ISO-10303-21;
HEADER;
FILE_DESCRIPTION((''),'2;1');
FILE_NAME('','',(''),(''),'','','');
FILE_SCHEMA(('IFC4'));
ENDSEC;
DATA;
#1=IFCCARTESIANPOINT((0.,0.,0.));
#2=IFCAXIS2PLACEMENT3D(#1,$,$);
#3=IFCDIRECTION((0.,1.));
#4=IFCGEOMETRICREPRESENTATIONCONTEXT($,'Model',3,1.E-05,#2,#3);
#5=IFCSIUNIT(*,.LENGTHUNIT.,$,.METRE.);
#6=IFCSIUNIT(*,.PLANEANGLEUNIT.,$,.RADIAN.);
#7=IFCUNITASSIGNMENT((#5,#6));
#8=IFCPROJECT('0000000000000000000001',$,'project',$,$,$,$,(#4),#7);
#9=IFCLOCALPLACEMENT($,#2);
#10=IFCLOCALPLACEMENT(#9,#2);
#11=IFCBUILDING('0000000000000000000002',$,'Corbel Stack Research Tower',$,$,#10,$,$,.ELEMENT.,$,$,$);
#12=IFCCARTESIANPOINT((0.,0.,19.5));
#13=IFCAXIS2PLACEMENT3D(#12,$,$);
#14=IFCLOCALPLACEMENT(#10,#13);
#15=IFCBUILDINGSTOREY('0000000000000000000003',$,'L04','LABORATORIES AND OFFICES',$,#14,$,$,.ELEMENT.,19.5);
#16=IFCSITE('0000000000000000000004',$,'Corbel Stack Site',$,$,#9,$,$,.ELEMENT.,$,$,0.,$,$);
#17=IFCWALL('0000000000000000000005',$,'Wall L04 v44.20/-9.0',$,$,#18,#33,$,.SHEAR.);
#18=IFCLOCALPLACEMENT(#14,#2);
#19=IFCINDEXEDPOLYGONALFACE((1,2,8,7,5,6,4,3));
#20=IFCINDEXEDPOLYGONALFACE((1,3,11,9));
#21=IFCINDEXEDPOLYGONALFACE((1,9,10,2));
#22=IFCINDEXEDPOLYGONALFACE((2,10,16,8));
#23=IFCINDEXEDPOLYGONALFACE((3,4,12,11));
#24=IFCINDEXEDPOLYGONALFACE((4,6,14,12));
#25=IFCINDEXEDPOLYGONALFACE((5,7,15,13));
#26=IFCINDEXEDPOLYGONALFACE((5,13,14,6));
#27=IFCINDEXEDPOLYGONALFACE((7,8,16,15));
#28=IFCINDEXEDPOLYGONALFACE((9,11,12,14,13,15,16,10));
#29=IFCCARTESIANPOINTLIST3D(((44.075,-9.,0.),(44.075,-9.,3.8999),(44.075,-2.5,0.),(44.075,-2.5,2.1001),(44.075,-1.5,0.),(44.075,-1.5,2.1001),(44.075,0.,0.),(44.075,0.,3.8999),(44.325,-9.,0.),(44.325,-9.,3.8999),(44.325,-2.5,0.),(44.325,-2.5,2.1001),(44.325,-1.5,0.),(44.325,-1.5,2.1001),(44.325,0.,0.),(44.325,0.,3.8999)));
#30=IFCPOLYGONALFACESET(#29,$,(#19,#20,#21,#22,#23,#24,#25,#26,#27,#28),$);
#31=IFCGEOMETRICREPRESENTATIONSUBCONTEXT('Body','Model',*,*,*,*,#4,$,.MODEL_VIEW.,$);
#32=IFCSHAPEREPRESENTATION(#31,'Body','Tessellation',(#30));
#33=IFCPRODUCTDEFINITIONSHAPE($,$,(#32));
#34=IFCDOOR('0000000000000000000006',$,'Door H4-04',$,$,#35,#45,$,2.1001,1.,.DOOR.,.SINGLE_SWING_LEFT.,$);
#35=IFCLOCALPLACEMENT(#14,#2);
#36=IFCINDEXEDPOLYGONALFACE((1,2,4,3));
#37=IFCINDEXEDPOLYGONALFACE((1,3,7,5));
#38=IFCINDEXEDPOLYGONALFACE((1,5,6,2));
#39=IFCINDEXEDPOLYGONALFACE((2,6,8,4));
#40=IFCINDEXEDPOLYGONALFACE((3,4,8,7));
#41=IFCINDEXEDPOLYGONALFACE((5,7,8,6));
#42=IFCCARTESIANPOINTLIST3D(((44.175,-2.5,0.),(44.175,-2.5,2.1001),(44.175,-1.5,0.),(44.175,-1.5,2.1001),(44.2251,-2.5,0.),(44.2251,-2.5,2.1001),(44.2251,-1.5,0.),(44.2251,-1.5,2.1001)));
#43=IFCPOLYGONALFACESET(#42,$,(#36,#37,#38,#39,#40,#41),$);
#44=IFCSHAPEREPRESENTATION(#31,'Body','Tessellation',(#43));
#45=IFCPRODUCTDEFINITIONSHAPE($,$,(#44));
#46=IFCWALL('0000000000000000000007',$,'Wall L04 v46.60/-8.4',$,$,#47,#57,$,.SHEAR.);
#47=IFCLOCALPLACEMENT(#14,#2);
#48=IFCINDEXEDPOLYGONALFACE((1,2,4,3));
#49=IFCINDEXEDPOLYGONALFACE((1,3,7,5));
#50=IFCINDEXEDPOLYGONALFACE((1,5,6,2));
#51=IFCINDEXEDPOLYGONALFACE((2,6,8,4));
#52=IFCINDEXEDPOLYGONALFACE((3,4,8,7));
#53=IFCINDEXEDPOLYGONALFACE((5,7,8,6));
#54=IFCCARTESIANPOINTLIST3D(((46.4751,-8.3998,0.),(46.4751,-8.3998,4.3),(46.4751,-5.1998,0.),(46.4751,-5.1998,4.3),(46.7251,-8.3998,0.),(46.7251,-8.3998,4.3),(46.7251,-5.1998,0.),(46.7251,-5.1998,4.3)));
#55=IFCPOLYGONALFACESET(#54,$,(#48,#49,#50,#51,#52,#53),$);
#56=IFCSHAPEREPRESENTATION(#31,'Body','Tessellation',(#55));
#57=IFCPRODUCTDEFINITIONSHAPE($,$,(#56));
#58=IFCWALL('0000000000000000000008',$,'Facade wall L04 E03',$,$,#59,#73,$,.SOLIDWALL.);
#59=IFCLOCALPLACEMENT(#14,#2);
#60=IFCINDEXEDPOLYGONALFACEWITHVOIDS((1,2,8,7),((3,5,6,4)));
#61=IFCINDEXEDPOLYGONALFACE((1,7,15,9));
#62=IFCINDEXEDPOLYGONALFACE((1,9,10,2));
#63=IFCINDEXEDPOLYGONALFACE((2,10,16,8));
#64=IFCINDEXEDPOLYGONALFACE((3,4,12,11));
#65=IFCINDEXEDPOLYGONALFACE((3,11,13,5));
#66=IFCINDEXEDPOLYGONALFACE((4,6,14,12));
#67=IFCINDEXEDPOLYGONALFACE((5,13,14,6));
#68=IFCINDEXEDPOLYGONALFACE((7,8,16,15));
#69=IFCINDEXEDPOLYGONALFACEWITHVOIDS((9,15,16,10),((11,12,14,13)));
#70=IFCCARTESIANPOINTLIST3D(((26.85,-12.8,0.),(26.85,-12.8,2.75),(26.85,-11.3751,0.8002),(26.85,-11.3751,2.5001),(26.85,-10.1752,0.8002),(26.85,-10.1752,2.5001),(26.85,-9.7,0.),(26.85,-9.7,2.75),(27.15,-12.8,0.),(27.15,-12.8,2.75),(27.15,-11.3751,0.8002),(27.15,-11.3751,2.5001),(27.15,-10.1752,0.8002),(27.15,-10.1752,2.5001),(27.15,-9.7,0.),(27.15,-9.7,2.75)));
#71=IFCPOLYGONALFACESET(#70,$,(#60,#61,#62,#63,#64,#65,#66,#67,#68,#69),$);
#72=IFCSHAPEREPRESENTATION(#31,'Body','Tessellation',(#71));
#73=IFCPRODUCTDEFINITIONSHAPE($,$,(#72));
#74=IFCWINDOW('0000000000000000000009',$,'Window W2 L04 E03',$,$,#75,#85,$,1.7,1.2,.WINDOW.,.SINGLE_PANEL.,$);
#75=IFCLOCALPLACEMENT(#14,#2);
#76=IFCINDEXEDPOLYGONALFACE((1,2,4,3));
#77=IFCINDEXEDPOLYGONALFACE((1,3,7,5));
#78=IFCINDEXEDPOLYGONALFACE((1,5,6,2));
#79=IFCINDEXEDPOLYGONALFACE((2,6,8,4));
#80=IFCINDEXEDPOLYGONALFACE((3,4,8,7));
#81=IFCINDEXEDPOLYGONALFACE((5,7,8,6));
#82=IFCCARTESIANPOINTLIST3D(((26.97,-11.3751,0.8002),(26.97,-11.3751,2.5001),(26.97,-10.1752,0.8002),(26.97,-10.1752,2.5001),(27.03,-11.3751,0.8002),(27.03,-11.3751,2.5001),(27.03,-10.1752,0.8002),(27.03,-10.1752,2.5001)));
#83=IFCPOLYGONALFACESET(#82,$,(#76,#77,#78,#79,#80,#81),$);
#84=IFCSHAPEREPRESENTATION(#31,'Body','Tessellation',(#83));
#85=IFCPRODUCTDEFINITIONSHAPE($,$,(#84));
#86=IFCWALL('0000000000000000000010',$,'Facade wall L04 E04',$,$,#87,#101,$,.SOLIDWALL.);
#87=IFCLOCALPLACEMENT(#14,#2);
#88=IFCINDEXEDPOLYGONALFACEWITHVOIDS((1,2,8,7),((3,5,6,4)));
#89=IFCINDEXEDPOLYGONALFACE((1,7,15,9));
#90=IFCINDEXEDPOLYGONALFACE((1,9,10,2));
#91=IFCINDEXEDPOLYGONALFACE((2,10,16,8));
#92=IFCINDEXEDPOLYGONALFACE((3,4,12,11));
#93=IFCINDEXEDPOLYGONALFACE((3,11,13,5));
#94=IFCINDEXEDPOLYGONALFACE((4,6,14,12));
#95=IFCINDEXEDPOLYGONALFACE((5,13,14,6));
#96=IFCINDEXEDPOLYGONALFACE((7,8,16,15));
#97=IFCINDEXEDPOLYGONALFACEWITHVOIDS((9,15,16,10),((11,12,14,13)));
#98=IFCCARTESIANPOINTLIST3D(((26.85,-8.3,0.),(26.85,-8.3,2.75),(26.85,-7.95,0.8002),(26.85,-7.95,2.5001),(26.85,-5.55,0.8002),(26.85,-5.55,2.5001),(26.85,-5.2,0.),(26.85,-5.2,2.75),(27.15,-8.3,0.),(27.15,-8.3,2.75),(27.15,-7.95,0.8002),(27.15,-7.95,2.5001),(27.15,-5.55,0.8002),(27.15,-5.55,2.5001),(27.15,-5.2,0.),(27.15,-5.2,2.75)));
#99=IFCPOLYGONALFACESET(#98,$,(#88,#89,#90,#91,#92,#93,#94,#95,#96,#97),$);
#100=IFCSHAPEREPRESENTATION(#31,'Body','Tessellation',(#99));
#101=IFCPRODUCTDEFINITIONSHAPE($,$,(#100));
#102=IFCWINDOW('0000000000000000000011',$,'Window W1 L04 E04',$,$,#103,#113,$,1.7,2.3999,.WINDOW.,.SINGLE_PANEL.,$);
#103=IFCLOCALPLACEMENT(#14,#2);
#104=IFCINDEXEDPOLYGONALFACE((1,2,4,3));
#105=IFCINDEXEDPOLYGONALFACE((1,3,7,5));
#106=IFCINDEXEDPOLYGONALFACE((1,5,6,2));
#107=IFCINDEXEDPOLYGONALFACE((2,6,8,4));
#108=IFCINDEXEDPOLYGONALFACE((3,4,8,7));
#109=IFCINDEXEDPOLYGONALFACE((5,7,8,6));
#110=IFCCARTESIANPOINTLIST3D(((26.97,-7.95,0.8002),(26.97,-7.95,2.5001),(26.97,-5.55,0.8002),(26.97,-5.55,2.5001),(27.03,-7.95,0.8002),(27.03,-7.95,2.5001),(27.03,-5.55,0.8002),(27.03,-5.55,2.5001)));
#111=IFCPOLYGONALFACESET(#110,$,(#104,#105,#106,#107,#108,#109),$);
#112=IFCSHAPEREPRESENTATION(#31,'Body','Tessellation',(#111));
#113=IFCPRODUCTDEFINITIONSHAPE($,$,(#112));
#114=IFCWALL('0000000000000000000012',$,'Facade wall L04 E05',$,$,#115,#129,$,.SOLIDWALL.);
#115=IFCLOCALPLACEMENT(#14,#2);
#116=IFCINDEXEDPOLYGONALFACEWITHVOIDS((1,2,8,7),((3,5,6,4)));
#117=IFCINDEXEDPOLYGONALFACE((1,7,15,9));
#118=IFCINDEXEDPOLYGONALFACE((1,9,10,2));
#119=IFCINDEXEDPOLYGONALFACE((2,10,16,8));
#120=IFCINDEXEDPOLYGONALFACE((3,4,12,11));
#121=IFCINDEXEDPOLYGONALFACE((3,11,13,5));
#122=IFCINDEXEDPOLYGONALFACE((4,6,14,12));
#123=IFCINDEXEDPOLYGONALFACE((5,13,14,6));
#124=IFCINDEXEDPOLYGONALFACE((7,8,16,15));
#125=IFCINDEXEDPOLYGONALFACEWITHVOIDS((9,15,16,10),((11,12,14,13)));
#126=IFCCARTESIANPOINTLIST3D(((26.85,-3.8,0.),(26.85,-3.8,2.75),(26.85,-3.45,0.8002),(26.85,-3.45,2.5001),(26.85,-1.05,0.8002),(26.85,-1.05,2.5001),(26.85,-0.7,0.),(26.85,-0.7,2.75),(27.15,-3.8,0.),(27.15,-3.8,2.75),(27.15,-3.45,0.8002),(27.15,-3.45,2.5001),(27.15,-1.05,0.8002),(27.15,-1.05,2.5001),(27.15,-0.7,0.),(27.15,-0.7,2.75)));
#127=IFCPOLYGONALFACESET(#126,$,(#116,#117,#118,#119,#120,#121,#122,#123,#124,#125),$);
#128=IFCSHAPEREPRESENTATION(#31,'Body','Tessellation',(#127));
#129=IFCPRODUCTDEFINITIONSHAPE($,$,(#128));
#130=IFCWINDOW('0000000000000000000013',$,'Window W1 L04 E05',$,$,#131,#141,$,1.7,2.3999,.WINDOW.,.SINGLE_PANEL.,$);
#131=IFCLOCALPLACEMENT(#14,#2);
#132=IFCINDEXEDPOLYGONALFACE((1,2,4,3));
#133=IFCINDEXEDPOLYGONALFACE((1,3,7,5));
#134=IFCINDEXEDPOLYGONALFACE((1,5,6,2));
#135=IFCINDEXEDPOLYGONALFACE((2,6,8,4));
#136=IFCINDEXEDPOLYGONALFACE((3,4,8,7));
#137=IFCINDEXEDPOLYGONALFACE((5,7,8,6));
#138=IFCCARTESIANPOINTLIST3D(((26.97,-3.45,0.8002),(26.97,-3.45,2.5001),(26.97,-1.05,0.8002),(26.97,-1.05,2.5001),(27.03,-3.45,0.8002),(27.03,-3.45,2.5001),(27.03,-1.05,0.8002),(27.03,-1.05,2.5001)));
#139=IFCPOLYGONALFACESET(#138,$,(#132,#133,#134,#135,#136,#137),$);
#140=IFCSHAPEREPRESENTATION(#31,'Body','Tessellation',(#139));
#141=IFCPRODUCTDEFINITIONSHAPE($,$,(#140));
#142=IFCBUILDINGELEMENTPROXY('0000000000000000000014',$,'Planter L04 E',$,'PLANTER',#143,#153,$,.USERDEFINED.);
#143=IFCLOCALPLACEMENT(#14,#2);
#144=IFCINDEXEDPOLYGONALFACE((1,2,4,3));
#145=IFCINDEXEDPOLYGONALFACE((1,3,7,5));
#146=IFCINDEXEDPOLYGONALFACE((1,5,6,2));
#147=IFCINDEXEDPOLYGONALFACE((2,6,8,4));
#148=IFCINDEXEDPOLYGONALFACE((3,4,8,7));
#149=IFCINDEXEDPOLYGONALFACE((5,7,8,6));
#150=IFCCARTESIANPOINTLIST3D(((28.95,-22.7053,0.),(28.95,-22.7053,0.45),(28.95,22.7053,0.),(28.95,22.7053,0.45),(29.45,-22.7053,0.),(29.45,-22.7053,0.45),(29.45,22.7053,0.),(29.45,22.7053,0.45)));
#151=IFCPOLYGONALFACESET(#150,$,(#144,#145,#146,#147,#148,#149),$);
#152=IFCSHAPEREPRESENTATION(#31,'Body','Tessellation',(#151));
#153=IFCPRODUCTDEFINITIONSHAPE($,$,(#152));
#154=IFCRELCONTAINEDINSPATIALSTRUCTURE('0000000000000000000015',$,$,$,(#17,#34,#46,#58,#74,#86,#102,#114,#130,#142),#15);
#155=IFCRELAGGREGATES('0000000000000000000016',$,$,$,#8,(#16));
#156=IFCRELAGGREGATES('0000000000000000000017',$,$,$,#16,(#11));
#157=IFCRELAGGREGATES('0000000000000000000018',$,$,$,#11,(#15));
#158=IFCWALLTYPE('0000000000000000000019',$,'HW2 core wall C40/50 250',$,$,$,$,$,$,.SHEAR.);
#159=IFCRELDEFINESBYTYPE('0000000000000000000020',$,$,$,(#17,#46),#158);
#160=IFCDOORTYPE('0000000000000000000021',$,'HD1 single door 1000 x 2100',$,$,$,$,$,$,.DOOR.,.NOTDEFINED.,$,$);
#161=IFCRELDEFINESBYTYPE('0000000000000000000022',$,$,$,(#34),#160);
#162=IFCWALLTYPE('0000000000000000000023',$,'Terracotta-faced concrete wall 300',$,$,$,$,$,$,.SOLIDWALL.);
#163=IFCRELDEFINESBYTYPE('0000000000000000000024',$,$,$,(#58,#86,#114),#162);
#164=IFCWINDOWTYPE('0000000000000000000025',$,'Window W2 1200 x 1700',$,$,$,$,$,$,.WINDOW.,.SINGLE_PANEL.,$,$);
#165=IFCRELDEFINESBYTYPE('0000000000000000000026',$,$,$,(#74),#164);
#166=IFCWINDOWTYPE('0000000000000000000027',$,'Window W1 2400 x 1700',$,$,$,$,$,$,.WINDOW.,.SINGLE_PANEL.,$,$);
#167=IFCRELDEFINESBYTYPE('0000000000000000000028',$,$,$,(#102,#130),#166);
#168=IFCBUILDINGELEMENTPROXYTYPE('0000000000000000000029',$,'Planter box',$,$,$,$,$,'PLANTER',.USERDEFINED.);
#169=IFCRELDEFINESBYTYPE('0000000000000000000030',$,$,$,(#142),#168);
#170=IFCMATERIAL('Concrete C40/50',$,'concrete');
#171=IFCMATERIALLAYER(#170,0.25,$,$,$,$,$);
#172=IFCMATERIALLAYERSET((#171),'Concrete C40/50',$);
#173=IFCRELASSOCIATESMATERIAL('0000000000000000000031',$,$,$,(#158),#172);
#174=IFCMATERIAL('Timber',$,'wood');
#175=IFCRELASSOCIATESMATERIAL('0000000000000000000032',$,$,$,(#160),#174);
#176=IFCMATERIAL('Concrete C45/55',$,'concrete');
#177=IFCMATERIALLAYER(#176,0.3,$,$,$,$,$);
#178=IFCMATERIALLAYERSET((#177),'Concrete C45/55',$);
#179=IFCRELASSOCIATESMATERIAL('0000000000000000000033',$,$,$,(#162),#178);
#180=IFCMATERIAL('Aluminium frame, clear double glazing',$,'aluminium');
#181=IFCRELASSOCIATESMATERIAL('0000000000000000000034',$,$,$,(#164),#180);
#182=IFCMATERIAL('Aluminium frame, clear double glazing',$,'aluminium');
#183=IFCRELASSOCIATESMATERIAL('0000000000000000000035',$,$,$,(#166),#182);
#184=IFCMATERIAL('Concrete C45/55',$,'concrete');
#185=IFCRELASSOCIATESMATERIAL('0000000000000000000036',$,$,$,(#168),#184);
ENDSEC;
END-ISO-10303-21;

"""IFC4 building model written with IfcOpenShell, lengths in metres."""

from ifc_helpers import new_model, si_unit, direction, frame, frame_2d, origin, origin_2d, place, context, subcontext, project, spatial, rectangle, extrude, material, layer, layer_set, type_object, element, fill, save


model = new_model("IFC4")

# Units and contexts
model_context = context("Model", 3, precision=1e-05, world=origin(), true_north=direction((0.0, 1.0)))
body_context = subcontext(model_context, "Body", "Model", "MODEL_VIEW")
ifc_project = project(units=[si_unit("LENGTHUNIT", "METRE"), si_unit("PLANEANGLEUNIT", "RADIAN")], contexts=[model_context])

# Site, building, storey
site_placement = place(None, origin())
site = spatial("IfcSite", under=ifc_project, at=site_placement, Name="Corbel Stack Site", CompositionType="ELEMENT", RefElevation=0.0)
building_placement = place(site_placement, origin())
building = spatial("IfcBuilding", under=site, at=building_placement, Name="Corbel Stack Research Tower", CompositionType="ELEMENT")
storey_placement = place(building_placement, frame((0.0, 0.0, 19.5)))
storey = spatial("IfcBuildingStorey", under=building, at=storey_placement, Name="L04", Description="LABORATORIES AND OFFICES", CompositionType="ELEMENT", Elevation=19.5)

# Shared definitions
ifc_material_1 = material(Name="Concrete C40/50", Category="concrete")
ifc_layer_1 = layer(ifc_material_1, 0.25)
ifc_layer_set_1 = layer_set([ifc_layer_1], Name="Concrete C40/50")
wall_type_1 = type_object("IfcWallType", Name="HW2 core wall C40/50 250", PredefinedType="SHEAR", material=ifc_layer_set_1)

# Wall, opening, door
wall_1_placement = place(storey_placement, frame((44.2, -9.0, 0.0), z_axis=(0.0, 0.0, 1.0), x_axis=(0.0, 1.0, 0.0)))
wall_1 = element("IfcWall", 1, at=wall_1_placement, inside=storey, type_object=wall_type_1, Name="Wall L04 v44.20/-9.0", PredefinedType="SHEAR", context=body_context, shape_type="SweptSolid", body=[
    extrude(rectangle(XDim=9.0, YDim=0.25, at=frame_2d((4.5, 0.0))), origin(), (0.0, 0.0, 1.0), 3.8999),
])
opening_1_placement = place(wall_1_placement, frame((6.5, 0.0, 0.0)))
opening_1 = element("IfcOpeningElement", 2, at=opening_1_placement, cuts=wall_1, PredefinedType="OPENING", context=body_context, shape_type="SweptSolid", body=[
    extrude(rectangle(XDim=1.0, YDim=2.1001, at=frame_2d((0.5, 1.05))), frame((0.0, 0.135, 0.0), z_axis=(0.0, -1.0, 0.0), x_axis=(1.0, 0.0, 0.0)), (0.0, 0.0, 1.0), 0.27),
])
ifc_material_2 = material(Name="Timber", Category="wood")
door_type_1 = type_object("IfcDoorType", Name="HD1 single door 1000 x 2100", OperationType="NOTDEFINED", PredefinedType="DOOR", material=ifc_material_2)
door_1_placement = place(opening_1_placement, origin())
door_1 = element("IfcDoor", 3, at=door_1_placement, inside=storey, type_object=door_type_1, Name="Door H4-04", OperationType="SINGLE_SWING_LEFT", OverallHeight=2.1001, OverallWidth=1.0, PredefinedType="DOOR", context=body_context, shape_type="SweptSolid", body=[
    extrude(rectangle(XDim=1.0, YDim=2.1001, at=frame_2d((0.5, 1.05))), frame((0.0, 0.0249, 0.0), z_axis=(0.0, -1.0, 0.0), x_axis=(1.0, 0.0, 0.0)), (0.0, 0.0, 1.0), 0.05),
])
fill(opening_1, door_1)

# Wall
wall_2_placement = place(storey_placement, frame((46.6001, -8.3999, 0.0), z_axis=(0.0, 0.0, 1.0), x_axis=(0.0, 1.0, 0.0)))
element("IfcWall", 4, at=wall_2_placement, inside=storey, type_object=wall_type_1, Name="Wall L04 v46.60/-8.4", PredefinedType="SHEAR", context=body_context, shape_type="SweptSolid", body=[
    extrude(rectangle(XDim=3.2, YDim=0.25, at=frame_2d((1.6001, 0.0))), origin(), (0.0, 0.0, 1.0), 4.3),
])

# Walls, openings, windows
ifc_material_3 = material(Name="Concrete C45/55", Category="concrete")
ifc_layer_2 = layer(ifc_material_3, 0.3)
ifc_layer_set_2 = layer_set([ifc_layer_2], Name="Concrete C45/55")
wall_type_2 = type_object("IfcWallType", Name="Terracotta-faced concrete wall 300", PredefinedType="SOLIDWALL", material=ifc_layer_set_2)
wall_3_placement = place(storey_placement, frame((27.0, -9.7, 0.0), z_axis=(0.0, 0.0, 1.0), x_axis=(0.0, -1.0, 0.0)))
wall_3 = element("IfcWall", 5, at=wall_3_placement, inside=storey, type_object=wall_type_2, Name="Facade wall L04 E03", PredefinedType="SOLIDWALL", context=body_context, shape_type="SweptSolid", body=[
    extrude(rectangle(XDim=3.1001, YDim=0.3, at=frame_2d((1.55, 0.0))), origin(), (0.0, 0.0, 1.0), 2.75),
])
opening_2_placement = place(wall_3_placement, frame((0.4751, 0.0, 0.8)))
opening_2 = element("IfcOpeningElement", 6, at=opening_2_placement, cuts=wall_3, PredefinedType="OPENING", context=body_context, shape_type="SweptSolid", body=[
    extrude(rectangle(XDim=1.2, YDim=1.7, at=frame_2d((0.6001, 0.8501))), frame((0.0, 0.1599, 0.0), z_axis=(0.0, -1.0, 0.0), x_axis=(1.0, 0.0, 0.0)), (0.0, 0.0, 1.0), 0.3201),
])
ifc_material_4 = material(Name="Aluminium frame, clear double glazing", Category="aluminium")
window_type_1 = type_object("IfcWindowType", Name="Window W2 1200 x 1700", PartitioningType="SINGLE_PANEL", PredefinedType="WINDOW", material=ifc_material_4)
window_1_placement = place(opening_2_placement, origin())
window_1 = element("IfcWindow", 7, at=window_1_placement, inside=storey, type_object=window_type_1, Name="Window W2 L04 E03", OverallHeight=1.7, OverallWidth=1.2, PartitioningType="SINGLE_PANEL", PredefinedType="WINDOW", context=body_context, shape_type="SweptSolid", body=[
    extrude(rectangle(XDim=1.2, YDim=1.7, at=frame_2d((0.6001, 0.8501))), frame((0.0, 0.03, 0.0), z_axis=(0.0, -1.0, 0.0), x_axis=(1.0, 0.0, 0.0)), (0.0, 0.0, 1.0), 0.0601),
])
fill(opening_2, window_1)
wall_4_placement = place(storey_placement, frame((27.0, -5.2, 0.0), z_axis=(0.0, 0.0, 1.0), x_axis=(0.0, -1.0, 0.0)))
wall_4 = element("IfcWall", 8, at=wall_4_placement, inside=storey, type_object=wall_type_2, Name="Facade wall L04 E04", PredefinedType="SOLIDWALL", context=body_context, shape_type="SweptSolid", body=[
    extrude(rectangle(XDim=3.1001, YDim=0.3, at=frame_2d((1.55, 0.0))), origin(), (0.0, 0.0, 1.0), 2.75),
])
opening_3_placement = place(wall_4_placement, frame((0.3501, 0.0, 0.8)))
opening_3 = element("IfcOpeningElement", 9, at=opening_3_placement, cuts=wall_4, PredefinedType="OPENING", context=body_context, shape_type="SweptSolid", body=[
    extrude(rectangle(XDim=2.3999, YDim=1.7, at=frame_2d((1.2, 0.8501))), frame((0.0, 0.1599, 0.0), z_axis=(0.0, -1.0, 0.0), x_axis=(1.0, 0.0, 0.0)), (0.0, 0.0, 1.0), 0.3201),
])
ifc_material_5 = material(Name="Aluminium frame, clear double glazing", Category="aluminium")
window_type_2 = type_object("IfcWindowType", Name="Window W1 2400 x 1700", PartitioningType="SINGLE_PANEL", PredefinedType="WINDOW", material=ifc_material_5)
window_2_placement = place(opening_3_placement, origin())
window_2 = element("IfcWindow", 10, at=window_2_placement, inside=storey, type_object=window_type_2, Name="Window W1 L04 E04", OverallHeight=1.7, OverallWidth=2.3999, PartitioningType="SINGLE_PANEL", PredefinedType="WINDOW", context=body_context, shape_type="SweptSolid", body=[
    extrude(rectangle(XDim=2.3999, YDim=1.7, at=frame_2d((1.2, 0.8501))), frame((0.0, 0.03, 0.0), z_axis=(0.0, -1.0, 0.0), x_axis=(1.0, 0.0, 0.0)), (0.0, 0.0, 1.0), 0.0601),
])
fill(opening_3, window_2)
wall_5_placement = place(storey_placement, frame((27.0, -0.7, 0.0), z_axis=(0.0, 0.0, 1.0), x_axis=(0.0, -1.0, 0.0)))
wall_5 = element("IfcWall", 11, at=wall_5_placement, inside=storey, type_object=wall_type_2, Name="Facade wall L04 E05", PredefinedType="SOLIDWALL", context=body_context, shape_type="SweptSolid", body=[
    extrude(rectangle(XDim=3.1001, YDim=0.3, at=frame_2d((1.55, 0.0))), origin(), (0.0, 0.0, 1.0), 2.75),
])
opening_4_placement = place(wall_5_placement, frame((0.3501, 0.0, 0.8)))
opening_4 = element("IfcOpeningElement", 12, at=opening_4_placement, cuts=wall_5, PredefinedType="OPENING", context=body_context, shape_type="SweptSolid", body=[
    extrude(rectangle(XDim=2.3999, YDim=1.7, at=frame_2d((1.2, 0.8501))), frame((0.0, 0.1599, 0.0), z_axis=(0.0, -1.0, 0.0), x_axis=(1.0, 0.0, 0.0)), (0.0, 0.0, 1.0), 0.3201),
])
window_3_placement = place(opening_4_placement, origin())
window_3 = element("IfcWindow", 13, at=window_3_placement, inside=storey, type_object=window_type_2, Name="Window W1 L04 E05", OverallHeight=1.7, OverallWidth=2.3999, PartitioningType="SINGLE_PANEL", PredefinedType="WINDOW", context=body_context, shape_type="SweptSolid", body=[
    extrude(rectangle(XDim=2.3999, YDim=1.7, at=frame_2d((1.2, 0.8501))), frame((0.0, 0.03, 0.0), z_axis=(0.0, -1.0, 0.0), x_axis=(1.0, 0.0, 0.0)), (0.0, 0.0, 1.0), 0.0601),
])
fill(opening_4, window_3)

# Building element proxy
ifc_material_6 = material(Name="Concrete C45/55", Category="concrete")
building_element_proxy_type = type_object("IfcBuildingElementProxyType", Name="Planter box", ElementType="PLANTER", PredefinedType="USERDEFINED", material=ifc_material_6)
proxy_placement = place(storey_placement, frame((29.2, 0.0, 0.0), z_axis=(0.0, 0.0, 1.0), x_axis=(0.0, 1.0, 0.0)))
element("IfcBuildingElementProxy", 14, at=proxy_placement, inside=storey, type_object=building_element_proxy_type, Name="Planter L04 E", ObjectType="PLANTER", PredefinedType="USERDEFINED", context=body_context, shape_type="SweptSolid", body=[
    extrude(rectangle(XDim=45.4106, YDim=0.5, at=origin_2d()), origin(), (0.0, 0.0, 1.0), 0.45),
])

save(model, "model.ifc")
